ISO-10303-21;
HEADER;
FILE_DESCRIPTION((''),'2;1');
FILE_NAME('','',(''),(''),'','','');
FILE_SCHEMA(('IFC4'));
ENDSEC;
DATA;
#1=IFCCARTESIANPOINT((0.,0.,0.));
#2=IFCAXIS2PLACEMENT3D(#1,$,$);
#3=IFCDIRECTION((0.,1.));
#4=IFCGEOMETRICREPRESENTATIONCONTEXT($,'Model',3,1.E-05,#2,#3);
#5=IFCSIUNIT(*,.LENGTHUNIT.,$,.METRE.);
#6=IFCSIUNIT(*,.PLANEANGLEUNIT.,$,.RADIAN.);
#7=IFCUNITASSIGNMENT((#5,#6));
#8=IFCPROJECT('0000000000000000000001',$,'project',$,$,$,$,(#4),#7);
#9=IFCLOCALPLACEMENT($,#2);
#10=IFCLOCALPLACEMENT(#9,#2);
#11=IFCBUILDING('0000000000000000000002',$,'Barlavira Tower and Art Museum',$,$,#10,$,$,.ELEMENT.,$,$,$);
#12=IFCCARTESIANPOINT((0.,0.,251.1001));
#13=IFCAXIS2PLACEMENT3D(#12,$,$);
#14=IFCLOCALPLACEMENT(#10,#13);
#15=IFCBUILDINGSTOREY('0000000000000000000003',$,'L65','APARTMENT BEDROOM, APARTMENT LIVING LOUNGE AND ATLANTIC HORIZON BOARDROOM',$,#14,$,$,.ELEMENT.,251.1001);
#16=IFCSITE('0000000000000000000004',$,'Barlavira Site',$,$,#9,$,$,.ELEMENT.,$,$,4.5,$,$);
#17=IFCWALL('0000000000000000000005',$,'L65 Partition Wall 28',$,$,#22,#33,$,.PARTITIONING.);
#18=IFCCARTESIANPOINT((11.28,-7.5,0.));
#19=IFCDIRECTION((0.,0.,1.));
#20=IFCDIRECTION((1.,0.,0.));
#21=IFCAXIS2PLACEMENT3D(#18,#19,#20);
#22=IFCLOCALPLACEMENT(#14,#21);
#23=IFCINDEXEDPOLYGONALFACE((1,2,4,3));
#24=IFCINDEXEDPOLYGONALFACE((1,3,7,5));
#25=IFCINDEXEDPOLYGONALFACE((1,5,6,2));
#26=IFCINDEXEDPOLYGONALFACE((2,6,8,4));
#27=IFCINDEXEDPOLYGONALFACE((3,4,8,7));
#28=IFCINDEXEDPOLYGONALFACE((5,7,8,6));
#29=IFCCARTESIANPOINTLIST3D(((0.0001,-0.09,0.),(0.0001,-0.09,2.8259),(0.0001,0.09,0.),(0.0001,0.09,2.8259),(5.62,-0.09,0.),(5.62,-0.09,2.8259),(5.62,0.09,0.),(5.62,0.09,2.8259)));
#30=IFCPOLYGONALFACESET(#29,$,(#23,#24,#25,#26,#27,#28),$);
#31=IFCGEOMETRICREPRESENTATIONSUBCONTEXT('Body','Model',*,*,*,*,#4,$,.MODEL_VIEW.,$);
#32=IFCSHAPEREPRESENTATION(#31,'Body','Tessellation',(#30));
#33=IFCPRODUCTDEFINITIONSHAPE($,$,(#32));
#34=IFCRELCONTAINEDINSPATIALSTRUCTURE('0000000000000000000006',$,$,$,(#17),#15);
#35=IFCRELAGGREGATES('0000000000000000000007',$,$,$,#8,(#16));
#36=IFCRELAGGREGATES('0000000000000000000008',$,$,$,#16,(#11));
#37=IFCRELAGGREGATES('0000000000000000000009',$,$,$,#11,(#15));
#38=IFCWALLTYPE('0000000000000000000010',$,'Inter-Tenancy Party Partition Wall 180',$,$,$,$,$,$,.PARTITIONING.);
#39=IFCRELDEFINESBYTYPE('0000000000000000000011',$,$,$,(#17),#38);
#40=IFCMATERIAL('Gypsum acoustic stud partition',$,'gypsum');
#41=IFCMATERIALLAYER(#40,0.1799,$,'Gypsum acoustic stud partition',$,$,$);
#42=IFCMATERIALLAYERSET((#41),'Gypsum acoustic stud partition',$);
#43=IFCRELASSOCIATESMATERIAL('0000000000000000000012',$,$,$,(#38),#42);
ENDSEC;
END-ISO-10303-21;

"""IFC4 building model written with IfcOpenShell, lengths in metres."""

from ifc_helpers import new_model, si_unit, direction, frame, frame_2d, origin, place, context, subcontext, project, spatial, rectangle, extrude, material, layer, layer_set, type_object, element, save


model = new_model("IFC4")

# Units and contexts
model_context = context("Model", 3, precision=1e-05, world=origin(), true_north=direction((0.0, 1.0)))
body_context = subcontext(model_context, "Body", "Model", "MODEL_VIEW")
ifc_project = project(units=[si_unit("LENGTHUNIT", "METRE"), si_unit("PLANEANGLEUNIT", "RADIAN")], contexts=[model_context])

# Site, building, storey
site_placement = place(None, origin())
site = spatial("IfcSite", under=ifc_project, at=site_placement, Name="Barlavira Site", CompositionType="ELEMENT", RefElevation=4.5)
building_placement = place(site_placement, origin())
building = spatial("IfcBuilding", under=site, at=building_placement, Name="Barlavira Tower and Art Museum", CompositionType="ELEMENT")
storey_placement = place(building_placement, frame((0.0, 0.0, 251.1001)))
storey = spatial("IfcBuildingStorey", under=building, at=storey_placement, Name="L65", Description="APARTMENT BEDROOM, APARTMENT LIVING LOUNGE AND ATLANTIC HORIZON BOARDROOM", CompositionType="ELEMENT", Elevation=251.1001)

# Wall
ifc_material_1 = material(Name="Gypsum acoustic stud partition", Category="gypsum")
ifc_layer_1 = layer(ifc_material_1, 0.1799, Name="Gypsum acoustic stud partition")
ifc_layer_set_1 = layer_set([ifc_layer_1], Name="Gypsum acoustic stud partition")
wall_type_1 = type_object("IfcWallType", Name="Inter-Tenancy Party Partition Wall 180", PredefinedType="PARTITIONING", material=ifc_layer_set_1)
wall_1_placement = place(storey_placement, frame((11.28, -7.5, 0.0), z_axis=(0.0, 0.0, 1.0), x_axis=(1.0, 0.0, 0.0)))
element("IfcWall", 1, at=wall_1_placement, inside=storey, type_object=wall_type_1, Name="L65 Partition Wall 28", PredefinedType="PARTITIONING", context=body_context, shape_type="SweptSolid", body=[
    extrude(rectangle(XDim=5.6199, YDim=0.1799, at=frame_2d((2.8101, 0.0))), origin(), (0.0, 0.0, 1.0), 2.8259),
])

save(model, "model.ifc")
